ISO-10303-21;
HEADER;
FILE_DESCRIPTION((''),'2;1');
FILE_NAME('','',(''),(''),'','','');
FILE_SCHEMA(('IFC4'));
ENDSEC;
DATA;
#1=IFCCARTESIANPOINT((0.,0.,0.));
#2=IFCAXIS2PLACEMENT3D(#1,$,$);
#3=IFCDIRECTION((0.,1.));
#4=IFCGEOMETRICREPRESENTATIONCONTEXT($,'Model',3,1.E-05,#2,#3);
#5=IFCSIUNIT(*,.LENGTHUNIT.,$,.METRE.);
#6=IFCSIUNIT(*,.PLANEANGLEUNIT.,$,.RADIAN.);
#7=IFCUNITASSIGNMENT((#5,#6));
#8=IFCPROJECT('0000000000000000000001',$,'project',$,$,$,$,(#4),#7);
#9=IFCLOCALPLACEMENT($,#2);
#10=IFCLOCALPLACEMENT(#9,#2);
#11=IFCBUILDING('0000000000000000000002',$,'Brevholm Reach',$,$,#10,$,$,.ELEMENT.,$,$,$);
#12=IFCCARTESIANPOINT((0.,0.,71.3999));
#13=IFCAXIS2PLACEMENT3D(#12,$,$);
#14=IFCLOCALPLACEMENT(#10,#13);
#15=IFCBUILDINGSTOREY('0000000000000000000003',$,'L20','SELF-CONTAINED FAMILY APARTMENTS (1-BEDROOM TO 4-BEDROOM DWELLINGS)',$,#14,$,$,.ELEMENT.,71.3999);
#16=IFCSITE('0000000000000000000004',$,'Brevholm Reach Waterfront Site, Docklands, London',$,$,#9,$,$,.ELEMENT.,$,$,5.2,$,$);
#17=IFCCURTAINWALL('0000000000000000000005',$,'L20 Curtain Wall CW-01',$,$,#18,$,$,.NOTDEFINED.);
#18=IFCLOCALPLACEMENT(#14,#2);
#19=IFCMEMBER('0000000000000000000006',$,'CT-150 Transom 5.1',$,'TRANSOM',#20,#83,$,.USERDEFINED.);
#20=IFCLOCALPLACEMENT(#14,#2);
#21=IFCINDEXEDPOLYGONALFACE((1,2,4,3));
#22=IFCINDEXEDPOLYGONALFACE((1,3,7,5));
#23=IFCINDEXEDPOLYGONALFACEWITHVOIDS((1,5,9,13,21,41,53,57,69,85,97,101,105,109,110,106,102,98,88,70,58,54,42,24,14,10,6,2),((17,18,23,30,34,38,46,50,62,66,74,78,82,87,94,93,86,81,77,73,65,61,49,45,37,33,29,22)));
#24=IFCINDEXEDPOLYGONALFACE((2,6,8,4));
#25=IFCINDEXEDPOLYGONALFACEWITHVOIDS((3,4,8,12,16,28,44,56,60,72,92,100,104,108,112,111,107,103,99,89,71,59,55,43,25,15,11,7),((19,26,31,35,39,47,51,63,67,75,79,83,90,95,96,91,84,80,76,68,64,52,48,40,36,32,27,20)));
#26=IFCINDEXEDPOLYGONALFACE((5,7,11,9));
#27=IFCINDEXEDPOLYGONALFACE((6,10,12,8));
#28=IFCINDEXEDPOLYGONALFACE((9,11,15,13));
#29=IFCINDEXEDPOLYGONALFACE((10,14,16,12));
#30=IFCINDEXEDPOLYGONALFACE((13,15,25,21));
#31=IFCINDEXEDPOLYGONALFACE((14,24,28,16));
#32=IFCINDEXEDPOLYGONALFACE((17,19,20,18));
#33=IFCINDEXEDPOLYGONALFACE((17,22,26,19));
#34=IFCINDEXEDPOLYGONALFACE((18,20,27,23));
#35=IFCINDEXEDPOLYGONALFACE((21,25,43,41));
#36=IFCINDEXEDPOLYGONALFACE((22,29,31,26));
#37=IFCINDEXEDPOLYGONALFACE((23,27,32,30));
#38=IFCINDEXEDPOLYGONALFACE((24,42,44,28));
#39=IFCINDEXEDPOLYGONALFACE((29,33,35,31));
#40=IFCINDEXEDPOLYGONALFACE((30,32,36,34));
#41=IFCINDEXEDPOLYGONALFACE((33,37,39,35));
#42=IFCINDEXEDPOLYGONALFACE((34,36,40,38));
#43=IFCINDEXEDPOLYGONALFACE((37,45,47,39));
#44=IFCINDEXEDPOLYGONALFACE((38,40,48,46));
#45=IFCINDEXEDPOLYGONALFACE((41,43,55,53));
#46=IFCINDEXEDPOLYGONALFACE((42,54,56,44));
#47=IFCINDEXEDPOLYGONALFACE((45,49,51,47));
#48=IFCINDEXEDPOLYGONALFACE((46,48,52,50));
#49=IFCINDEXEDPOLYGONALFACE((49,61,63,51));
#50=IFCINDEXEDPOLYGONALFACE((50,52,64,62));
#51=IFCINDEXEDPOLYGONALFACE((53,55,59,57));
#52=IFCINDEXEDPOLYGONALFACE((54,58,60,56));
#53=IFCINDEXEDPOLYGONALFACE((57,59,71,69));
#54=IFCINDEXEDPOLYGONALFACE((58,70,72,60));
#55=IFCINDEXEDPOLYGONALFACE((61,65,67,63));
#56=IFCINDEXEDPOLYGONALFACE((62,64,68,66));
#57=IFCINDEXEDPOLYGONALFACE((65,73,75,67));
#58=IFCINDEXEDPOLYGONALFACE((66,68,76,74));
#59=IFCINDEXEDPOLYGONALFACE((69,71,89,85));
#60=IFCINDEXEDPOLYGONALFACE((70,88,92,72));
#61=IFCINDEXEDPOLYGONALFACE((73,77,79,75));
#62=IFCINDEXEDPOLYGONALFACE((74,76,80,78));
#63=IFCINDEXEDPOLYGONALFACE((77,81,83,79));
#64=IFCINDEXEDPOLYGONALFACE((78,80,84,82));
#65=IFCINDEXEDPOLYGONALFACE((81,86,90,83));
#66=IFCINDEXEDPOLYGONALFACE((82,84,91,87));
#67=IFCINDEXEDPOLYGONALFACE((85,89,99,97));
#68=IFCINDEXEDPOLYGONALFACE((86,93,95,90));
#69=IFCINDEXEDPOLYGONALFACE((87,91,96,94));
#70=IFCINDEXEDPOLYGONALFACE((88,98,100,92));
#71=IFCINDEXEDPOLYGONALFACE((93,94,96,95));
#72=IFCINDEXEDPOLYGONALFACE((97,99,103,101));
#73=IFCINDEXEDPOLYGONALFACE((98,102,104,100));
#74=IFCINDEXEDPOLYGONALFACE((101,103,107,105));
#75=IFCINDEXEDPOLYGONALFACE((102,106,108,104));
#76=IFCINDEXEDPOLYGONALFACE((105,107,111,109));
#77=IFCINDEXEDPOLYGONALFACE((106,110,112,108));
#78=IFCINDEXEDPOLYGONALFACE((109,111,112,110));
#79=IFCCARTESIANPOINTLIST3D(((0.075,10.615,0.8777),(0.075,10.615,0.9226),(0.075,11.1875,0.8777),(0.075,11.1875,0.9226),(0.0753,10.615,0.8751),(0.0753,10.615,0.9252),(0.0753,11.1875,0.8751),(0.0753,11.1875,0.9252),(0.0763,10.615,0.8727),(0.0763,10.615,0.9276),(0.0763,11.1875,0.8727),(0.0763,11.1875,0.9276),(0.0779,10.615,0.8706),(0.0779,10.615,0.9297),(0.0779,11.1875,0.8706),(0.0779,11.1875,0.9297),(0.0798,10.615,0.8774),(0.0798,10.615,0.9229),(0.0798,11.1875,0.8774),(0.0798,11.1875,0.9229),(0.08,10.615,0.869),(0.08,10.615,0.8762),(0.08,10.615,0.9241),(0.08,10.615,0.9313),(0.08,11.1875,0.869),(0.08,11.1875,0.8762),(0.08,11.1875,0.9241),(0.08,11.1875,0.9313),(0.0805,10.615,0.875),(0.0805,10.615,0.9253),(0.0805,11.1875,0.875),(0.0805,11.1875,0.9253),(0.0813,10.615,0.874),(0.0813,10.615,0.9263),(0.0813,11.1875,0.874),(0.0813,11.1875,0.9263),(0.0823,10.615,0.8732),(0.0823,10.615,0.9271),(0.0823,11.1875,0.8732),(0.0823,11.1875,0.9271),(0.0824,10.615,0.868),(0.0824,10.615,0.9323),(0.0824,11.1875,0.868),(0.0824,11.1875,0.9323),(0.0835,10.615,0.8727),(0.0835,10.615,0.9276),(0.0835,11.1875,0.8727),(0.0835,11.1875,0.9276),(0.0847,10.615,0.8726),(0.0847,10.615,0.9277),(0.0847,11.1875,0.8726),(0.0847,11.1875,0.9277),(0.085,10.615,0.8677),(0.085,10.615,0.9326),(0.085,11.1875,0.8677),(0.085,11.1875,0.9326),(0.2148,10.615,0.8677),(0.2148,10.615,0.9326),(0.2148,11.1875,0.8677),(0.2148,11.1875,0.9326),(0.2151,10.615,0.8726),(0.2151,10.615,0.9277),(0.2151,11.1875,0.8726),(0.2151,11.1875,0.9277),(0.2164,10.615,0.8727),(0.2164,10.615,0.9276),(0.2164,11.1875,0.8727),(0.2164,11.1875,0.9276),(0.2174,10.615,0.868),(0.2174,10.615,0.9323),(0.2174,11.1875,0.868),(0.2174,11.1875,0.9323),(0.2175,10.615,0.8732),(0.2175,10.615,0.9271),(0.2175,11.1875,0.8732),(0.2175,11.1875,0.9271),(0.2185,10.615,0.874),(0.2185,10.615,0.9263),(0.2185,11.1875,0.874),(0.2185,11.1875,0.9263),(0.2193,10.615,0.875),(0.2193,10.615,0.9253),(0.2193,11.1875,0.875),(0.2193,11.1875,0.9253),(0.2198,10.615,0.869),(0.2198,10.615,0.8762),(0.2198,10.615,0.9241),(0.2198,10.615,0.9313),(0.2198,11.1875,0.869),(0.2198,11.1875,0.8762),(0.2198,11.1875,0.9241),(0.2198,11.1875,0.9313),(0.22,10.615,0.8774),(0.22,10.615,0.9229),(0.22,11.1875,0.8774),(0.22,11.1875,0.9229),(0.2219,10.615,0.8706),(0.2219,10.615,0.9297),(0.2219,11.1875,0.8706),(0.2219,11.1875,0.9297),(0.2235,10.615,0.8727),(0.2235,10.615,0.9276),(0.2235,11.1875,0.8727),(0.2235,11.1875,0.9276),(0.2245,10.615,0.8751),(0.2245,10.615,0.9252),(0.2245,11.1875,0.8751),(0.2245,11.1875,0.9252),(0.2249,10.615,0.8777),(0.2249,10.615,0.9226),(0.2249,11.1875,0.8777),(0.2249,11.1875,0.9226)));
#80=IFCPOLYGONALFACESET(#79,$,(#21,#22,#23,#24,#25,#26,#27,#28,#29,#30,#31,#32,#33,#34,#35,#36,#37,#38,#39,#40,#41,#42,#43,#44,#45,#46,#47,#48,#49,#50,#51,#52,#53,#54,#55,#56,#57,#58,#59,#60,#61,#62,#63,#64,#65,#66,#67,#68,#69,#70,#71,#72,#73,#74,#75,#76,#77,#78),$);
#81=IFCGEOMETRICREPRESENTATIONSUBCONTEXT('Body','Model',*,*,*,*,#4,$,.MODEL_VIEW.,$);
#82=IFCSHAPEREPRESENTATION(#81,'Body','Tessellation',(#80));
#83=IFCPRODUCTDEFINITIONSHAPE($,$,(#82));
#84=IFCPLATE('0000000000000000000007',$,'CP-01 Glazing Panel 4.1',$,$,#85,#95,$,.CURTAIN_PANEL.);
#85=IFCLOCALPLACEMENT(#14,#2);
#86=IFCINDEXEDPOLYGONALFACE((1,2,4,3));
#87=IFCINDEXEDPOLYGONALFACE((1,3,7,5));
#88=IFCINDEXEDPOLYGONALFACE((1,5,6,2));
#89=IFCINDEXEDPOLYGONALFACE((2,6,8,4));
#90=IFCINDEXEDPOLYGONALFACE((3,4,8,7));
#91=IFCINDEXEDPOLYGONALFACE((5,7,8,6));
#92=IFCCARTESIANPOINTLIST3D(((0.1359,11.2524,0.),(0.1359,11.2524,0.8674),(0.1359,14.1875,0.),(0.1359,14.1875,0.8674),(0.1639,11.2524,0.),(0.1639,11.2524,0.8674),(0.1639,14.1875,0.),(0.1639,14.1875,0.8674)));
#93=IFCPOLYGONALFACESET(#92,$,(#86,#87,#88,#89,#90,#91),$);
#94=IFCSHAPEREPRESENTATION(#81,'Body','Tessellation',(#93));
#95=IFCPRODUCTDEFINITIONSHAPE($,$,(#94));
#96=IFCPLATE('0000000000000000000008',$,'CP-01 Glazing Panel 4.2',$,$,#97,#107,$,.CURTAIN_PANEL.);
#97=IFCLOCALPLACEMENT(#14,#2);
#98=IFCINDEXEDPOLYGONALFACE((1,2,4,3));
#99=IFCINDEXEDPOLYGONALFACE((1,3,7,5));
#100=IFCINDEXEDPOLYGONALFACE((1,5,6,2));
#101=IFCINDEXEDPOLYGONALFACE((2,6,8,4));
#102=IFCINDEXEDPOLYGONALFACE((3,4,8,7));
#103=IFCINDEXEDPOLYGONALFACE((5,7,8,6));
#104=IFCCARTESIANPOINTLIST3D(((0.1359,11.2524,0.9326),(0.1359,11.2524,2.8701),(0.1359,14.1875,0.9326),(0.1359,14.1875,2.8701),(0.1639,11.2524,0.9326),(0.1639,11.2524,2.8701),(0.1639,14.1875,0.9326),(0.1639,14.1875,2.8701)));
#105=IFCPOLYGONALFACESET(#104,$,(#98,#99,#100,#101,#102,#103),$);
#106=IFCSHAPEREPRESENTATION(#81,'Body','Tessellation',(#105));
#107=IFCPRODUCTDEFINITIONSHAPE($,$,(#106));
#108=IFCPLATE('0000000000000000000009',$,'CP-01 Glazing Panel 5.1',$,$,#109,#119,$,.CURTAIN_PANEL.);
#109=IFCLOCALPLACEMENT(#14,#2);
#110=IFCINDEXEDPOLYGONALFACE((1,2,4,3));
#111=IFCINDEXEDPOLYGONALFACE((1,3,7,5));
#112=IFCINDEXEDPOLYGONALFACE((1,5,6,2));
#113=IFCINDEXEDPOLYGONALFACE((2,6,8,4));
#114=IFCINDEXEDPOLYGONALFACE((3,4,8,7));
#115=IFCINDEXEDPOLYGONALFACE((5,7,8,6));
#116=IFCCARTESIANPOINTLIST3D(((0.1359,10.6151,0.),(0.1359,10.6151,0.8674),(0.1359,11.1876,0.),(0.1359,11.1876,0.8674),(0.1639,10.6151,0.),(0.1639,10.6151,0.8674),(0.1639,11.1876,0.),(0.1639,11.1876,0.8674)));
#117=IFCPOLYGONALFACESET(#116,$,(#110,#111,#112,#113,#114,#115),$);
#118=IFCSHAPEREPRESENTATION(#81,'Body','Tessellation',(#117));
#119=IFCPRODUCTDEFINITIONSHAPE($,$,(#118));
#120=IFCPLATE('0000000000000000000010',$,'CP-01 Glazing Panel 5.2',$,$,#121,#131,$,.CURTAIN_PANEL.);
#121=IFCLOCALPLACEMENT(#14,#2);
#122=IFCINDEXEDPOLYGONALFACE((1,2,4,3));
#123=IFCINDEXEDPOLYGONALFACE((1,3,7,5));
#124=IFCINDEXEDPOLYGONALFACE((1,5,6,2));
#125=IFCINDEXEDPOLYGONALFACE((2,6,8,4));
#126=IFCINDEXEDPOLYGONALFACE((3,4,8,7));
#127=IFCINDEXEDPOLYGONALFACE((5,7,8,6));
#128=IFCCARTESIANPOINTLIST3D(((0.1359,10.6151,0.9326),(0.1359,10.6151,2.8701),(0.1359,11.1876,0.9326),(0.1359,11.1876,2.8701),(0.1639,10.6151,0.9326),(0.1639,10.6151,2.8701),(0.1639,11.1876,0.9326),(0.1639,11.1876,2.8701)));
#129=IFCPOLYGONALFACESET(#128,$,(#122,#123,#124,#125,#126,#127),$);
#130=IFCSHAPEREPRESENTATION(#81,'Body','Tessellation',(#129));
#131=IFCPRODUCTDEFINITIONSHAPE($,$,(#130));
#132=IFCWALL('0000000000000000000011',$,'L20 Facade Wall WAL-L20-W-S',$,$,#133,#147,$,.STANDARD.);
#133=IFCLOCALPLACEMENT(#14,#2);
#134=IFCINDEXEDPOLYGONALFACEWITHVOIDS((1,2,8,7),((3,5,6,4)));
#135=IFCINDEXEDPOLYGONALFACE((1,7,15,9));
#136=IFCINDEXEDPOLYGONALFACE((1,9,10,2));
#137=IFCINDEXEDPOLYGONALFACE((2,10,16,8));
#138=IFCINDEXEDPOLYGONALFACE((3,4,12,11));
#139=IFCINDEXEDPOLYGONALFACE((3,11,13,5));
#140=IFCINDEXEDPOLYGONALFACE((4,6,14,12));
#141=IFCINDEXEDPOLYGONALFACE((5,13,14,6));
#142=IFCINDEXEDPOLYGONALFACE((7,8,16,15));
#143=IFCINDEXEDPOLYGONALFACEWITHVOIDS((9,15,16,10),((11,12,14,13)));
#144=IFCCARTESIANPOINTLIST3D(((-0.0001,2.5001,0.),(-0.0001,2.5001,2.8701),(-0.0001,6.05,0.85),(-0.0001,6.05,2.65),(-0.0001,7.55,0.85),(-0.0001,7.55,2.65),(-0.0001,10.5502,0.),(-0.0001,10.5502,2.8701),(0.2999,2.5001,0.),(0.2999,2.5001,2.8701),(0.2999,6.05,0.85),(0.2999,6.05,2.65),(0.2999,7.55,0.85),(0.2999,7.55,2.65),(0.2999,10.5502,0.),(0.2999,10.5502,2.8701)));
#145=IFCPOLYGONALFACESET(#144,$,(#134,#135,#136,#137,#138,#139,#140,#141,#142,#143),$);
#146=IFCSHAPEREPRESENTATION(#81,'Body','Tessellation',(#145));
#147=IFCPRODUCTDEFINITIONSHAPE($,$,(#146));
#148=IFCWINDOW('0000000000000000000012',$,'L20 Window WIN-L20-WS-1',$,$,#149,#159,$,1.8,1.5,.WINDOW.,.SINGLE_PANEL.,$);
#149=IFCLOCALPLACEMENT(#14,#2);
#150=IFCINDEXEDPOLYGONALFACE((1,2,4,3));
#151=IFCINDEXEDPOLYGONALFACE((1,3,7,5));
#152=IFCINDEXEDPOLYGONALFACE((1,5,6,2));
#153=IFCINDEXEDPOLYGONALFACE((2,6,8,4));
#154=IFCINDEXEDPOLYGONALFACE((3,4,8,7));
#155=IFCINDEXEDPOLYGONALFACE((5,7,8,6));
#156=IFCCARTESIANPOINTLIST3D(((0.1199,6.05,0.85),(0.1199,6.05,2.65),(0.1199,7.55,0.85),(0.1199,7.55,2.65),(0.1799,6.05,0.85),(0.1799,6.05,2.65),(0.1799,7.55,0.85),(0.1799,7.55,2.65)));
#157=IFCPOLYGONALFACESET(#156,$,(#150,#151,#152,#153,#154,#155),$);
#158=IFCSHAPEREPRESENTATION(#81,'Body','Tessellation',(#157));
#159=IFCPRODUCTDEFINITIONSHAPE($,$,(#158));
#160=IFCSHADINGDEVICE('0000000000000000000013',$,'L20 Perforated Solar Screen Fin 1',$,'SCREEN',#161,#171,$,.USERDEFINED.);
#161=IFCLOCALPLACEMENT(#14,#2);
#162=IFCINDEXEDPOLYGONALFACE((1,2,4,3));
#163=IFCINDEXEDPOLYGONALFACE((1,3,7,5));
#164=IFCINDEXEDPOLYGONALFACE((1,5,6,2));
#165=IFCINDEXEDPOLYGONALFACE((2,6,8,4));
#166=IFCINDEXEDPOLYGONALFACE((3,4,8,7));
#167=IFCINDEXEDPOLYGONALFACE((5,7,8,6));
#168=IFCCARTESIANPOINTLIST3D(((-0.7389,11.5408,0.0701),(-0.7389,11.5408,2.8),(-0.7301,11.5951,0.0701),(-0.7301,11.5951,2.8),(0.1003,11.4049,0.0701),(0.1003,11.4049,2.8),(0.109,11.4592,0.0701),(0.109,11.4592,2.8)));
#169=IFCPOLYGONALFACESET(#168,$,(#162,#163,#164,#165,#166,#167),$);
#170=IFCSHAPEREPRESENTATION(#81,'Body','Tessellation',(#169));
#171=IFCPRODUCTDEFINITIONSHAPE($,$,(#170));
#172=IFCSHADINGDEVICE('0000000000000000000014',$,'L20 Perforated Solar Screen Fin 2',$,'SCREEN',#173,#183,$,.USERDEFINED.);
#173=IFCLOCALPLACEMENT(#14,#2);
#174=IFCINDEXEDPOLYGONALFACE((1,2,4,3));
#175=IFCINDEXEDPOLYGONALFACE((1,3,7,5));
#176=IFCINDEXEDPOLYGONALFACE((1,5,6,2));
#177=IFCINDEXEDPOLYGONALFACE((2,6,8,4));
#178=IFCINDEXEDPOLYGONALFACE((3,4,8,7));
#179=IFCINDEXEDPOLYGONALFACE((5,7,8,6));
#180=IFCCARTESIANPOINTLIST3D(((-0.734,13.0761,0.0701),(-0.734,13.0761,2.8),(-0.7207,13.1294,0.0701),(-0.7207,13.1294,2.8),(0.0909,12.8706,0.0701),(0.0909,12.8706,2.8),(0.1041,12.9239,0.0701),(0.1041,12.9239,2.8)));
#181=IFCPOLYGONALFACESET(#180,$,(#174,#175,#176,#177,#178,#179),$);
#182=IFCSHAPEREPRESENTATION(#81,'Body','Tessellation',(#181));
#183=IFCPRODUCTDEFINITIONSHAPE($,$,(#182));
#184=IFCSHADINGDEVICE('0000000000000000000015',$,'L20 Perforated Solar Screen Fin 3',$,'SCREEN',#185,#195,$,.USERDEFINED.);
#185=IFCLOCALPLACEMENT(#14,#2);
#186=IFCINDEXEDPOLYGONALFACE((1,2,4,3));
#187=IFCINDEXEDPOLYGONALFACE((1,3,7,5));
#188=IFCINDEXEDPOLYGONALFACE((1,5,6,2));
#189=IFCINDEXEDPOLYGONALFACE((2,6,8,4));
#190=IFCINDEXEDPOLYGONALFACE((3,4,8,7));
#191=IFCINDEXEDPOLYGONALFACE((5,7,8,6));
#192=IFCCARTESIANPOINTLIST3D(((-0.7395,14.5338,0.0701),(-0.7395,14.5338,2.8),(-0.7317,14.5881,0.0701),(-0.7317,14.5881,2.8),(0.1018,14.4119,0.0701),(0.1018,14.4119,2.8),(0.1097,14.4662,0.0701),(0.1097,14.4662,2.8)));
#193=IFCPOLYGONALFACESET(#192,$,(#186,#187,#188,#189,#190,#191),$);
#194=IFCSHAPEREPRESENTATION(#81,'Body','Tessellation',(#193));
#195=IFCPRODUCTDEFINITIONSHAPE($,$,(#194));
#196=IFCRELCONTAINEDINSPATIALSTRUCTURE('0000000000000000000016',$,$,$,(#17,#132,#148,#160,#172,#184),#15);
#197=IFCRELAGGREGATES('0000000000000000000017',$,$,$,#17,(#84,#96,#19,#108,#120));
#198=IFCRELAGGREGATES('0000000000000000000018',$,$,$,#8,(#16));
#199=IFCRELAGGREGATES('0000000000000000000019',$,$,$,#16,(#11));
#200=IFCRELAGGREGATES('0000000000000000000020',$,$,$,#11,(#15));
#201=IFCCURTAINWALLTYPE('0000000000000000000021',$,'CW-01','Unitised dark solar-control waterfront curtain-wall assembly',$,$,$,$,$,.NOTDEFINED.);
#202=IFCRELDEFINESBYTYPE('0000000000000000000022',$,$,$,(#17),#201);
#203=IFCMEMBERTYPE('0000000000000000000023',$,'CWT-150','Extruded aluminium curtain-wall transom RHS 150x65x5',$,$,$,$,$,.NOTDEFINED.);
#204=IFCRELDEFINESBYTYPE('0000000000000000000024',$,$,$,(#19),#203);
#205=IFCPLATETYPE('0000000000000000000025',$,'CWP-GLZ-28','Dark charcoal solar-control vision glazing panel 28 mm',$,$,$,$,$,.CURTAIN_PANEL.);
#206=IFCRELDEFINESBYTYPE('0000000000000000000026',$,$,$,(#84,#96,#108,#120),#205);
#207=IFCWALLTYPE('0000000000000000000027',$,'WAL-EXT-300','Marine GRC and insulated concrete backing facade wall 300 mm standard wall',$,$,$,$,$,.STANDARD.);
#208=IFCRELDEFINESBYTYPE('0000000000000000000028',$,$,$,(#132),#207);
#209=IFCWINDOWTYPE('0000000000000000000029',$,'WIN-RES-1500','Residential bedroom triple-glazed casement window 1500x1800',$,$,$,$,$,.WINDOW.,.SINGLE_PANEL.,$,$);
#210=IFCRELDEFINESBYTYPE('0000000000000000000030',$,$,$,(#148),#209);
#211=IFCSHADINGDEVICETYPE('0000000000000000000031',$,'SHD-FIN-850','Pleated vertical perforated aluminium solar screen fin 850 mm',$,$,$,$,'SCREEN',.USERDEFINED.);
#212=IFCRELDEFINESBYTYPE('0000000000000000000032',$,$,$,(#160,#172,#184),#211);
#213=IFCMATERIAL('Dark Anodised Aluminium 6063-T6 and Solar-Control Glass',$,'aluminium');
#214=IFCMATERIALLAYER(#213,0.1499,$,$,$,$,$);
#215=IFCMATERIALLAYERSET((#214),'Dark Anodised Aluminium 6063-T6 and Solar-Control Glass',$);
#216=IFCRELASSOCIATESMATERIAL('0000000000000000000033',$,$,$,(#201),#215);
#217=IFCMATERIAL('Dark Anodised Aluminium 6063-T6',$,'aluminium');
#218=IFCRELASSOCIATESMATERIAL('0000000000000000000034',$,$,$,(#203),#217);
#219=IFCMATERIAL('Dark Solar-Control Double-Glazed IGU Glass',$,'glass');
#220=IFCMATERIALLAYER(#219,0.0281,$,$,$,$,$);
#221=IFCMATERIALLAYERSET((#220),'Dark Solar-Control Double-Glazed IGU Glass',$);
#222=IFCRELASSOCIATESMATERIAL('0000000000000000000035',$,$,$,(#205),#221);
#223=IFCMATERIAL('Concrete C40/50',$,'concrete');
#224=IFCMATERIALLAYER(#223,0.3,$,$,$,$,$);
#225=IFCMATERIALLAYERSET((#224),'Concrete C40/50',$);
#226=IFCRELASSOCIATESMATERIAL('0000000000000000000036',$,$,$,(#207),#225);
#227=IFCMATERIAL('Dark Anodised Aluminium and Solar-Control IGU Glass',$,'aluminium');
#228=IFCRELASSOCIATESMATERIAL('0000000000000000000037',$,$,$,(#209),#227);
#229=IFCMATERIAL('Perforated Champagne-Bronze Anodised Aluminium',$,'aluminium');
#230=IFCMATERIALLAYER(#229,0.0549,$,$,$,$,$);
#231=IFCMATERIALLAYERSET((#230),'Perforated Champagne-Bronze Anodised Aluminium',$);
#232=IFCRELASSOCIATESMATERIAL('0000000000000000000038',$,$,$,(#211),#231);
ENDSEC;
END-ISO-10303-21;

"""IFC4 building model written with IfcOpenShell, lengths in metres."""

from ifc_helpers import new_model, si_unit, direction, frame, frame_2d, origin, origin_2d, place, context, subcontext, project, spatial, rectangle, hollow_rectangle, extrude, material, layer, layer_set, material_profile, profile_set, type_object, element, fill, aggregate, save


model = new_model("IFC4")

# Units and contexts
model_context = context("Model", 3, precision=1e-05, world=origin(), true_north=direction((0.0, 1.0)))
body_context = subcontext(model_context, "Body", "Model", "MODEL_VIEW")
ifc_project = project(units=[si_unit("LENGTHUNIT", "METRE"), si_unit("PLANEANGLEUNIT", "RADIAN")], contexts=[model_context])

# Site, building, storey
site_placement = place(None, origin())
site = spatial("IfcSite", under=ifc_project, at=site_placement, Name="Brevholm Reach Waterfront Site, Docklands, London", CompositionType="ELEMENT", RefElevation=5.2)
building_placement = place(site_placement, origin())
building = spatial("IfcBuilding", under=site, at=building_placement, Name="Brevholm Reach", CompositionType="ELEMENT")
storey_placement = place(building_placement, frame((0.0, 0.0, 71.3999)))
storey = spatial("IfcBuildingStorey", under=building, at=storey_placement, Name="L20", Description="SELF-CONTAINED FAMILY APARTMENTS (1-BEDROOM TO 4-BEDROOM DWELLINGS)", CompositionType="ELEMENT", Elevation=71.3999)

# Curtain wall, member, plates
ifc_material_1 = material(Name="Dark Anodised Aluminium 6063-T6 and Solar-Control Glass", Category="aluminium")
ifc_layer_1 = layer(ifc_material_1, 0.1499)
ifc_layer_set_1 = layer_set([ifc_layer_1], Name="Dark Anodised Aluminium 6063-T6 and Solar-Control Glass")
curtain_wall_type = type_object("IfcCurtainWallType", Name="CW-01", Description="Unitised dark solar-control waterfront curtain-wall assembly", PredefinedType="NOTDEFINED", material=ifc_layer_set_1)
curtain_wall_placement = place(storey_placement, origin())
curtain_wall = element("IfcCurtainWall", 1, at=curtain_wall_placement, inside=storey, type_object=curtain_wall_type, Name="L20 Curtain Wall CW-01", PredefinedType="NOTDEFINED")
ifc_material_2 = material(Name="Dark Anodised Aluminium 6063-T6", Category="aluminium")
ifc_material_profile_1 = material_profile(ifc_material_2, hollow_rectangle(XDim=0.0649, YDim=0.1499, WallThickness=0.0049, InnerFilletRadius=0.0049, OuterFilletRadius=0.01, at=origin_2d()), Name="RHS 150x65x5")
ifc_profile_set_1 = profile_set([ifc_material_profile_1], Name="Dark Anodised Aluminium 6063-T6")
member_type_1 = type_object("IfcMemberType", Name="CWT-150", Description="Extruded aluminium curtain-wall transom RHS 150x65x5", PredefinedType="NOTDEFINED", material=ifc_profile_set_1)
member_1_placement = place(storey_placement, frame((0.1499, 11.1875, 0.9001), z_axis=(0.0, -1.0, 0.0), x_axis=(0.0, 0.0, 1.0)))
member_1 = element("IfcMember", 2, at=member_1_placement, type_object=member_type_1, Name="CT-150 Transom 5.1", ObjectType="TRANSOM", PredefinedType="USERDEFINED", context=body_context, shape_type="SweptSolid", body=[
    extrude(hollow_rectangle(XDim=0.0649, YDim=0.1499, WallThickness=0.0049, InnerFilletRadius=0.0049, OuterFilletRadius=0.01, at=origin_2d()), origin(), (0.0, 0.0, 1.0), 0.5725),
])
ifc_material_3 = material(Name="Dark Solar-Control Double-Glazed IGU Glass", Category="glass")
ifc_layer_2 = layer(ifc_material_3, 0.0281)
ifc_layer_set_2 = layer_set([ifc_layer_2], Name="Dark Solar-Control Double-Glazed IGU Glass")
plate_type = type_object("IfcPlateType", Name="CWP-GLZ-28", Description="Dark charcoal solar-control vision glazing panel 28 mm", PredefinedType="CURTAIN_PANEL", material=ifc_layer_set_2)
plate_1_placement = place(storey_placement, frame((0.1499, 12.72, 0.0), z_axis=(0.0, 0.0, 1.0), x_axis=(0.0, -1.0, 0.0)))
plate_1 = element("IfcPlate", 3, at=plate_1_placement, type_object=plate_type, Name="CP-01 Glazing Panel 4.1", PredefinedType="CURTAIN_PANEL", context=body_context, shape_type="SweptSolid", body=[
    extrude(rectangle(XDim=2.9351, YDim=0.0281, at=origin_2d()), origin(), (0.0, 0.0, 1.0), 0.8674),
])
plate_2_placement = place(storey_placement, frame((0.1499, 12.72, 0.9326), z_axis=(0.0, 0.0, 1.0), x_axis=(0.0, -1.0, 0.0)))
plate_2 = element("IfcPlate", 4, at=plate_2_placement, type_object=plate_type, Name="CP-01 Glazing Panel 4.2", PredefinedType="CURTAIN_PANEL", context=body_context, shape_type="SweptSolid", body=[
    extrude(rectangle(XDim=2.9351, YDim=0.0281, at=origin_2d()), origin(), (0.0, 0.0, 1.0), 1.9375),
])
plate_3_placement = place(storey_placement, frame((0.1499, 10.9014, 0.0), z_axis=(0.0, 0.0, 1.0), x_axis=(0.0, -1.0, 0.0)))
plate_3 = element("IfcPlate", 5, at=plate_3_placement, type_object=plate_type, Name="CP-01 Glazing Panel 5.1", PredefinedType="CURTAIN_PANEL", context=body_context, shape_type="SweptSolid", body=[
    extrude(rectangle(XDim=0.5725, YDim=0.0281, at=origin_2d()), origin(), (0.0, 0.0, 1.0), 0.8674),
])
plate_4_placement = place(storey_placement, frame((0.1499, 10.9014, 0.9326), z_axis=(0.0, 0.0, 1.0), x_axis=(0.0, -1.0, 0.0)))
plate_4 = element("IfcPlate", 6, at=plate_4_placement, type_object=plate_type, Name="CP-01 Glazing Panel 5.2", PredefinedType="CURTAIN_PANEL", context=body_context, shape_type="SweptSolid", body=[
    extrude(rectangle(XDim=0.5725, YDim=0.0281, at=origin_2d()), origin(), (0.0, 0.0, 1.0), 1.9375),
])
aggregate(curtain_wall, [plate_1, plate_2, member_1, plate_3, plate_4])

# Wall, opening, window
ifc_material_4 = material(Name="Concrete C40/50", Category="concrete")
ifc_layer_3 = layer(ifc_material_4, 0.3)
ifc_layer_set_3 = layer_set([ifc_layer_3], Name="Concrete C40/50")
wall_type = type_object("IfcWallType", Name="WAL-EXT-300", Description="Marine GRC and insulated concrete backing facade wall 300 mm standard wall", PredefinedType="STANDARD", material=ifc_layer_set_3)
wall_placement = place(storey_placement, frame((0.1499, 10.55, 0.0), z_axis=(0.0, 0.0, 1.0), x_axis=(0.0, -1.0, 0.0)))
wall = element("IfcWall", 7, at=wall_placement, inside=storey, type_object=wall_type, Name="L20 Facade Wall WAL-L20-W-S", PredefinedType="STANDARD", context=body_context, shape_type="SweptSolid", body=[
    extrude(rectangle(XDim=8.05, YDim=0.3, at=frame_2d((4.0249, 0.0))), origin(), (0.0, 0.0, 1.0), 2.8701),
])
opening_placement = place(wall_placement, frame((3.0, 0.0, 0.8501)))
opening = element("IfcOpeningElement", 8, at=opening_placement, cuts=wall, PredefinedType="OPENING", context=body_context, shape_type="SweptSolid", body=[
    extrude(rectangle(XDim=1.5, YDim=1.8, at=frame_2d((0.75, 0.8999))), frame((0.0, 0.1599, 0.0), z_axis=(0.0, -1.0, 0.0), x_axis=(1.0, 0.0, 0.0)), (0.0, 0.0, 1.0), 0.3201),
])
ifc_material_5 = material(Name="Dark Anodised Aluminium and Solar-Control IGU Glass", Category="aluminium")
window_type = type_object("IfcWindowType", Name="WIN-RES-1500", Description="Residential bedroom triple-glazed casement window 1500x1800", PartitioningType="SINGLE_PANEL", PredefinedType="WINDOW", material=ifc_material_5)
window_placement = place(opening_placement, origin())
window = element("IfcWindow", 9, at=window_placement, inside=storey, type_object=window_type, Name="L20 Window WIN-L20-WS-1", OverallHeight=1.8, OverallWidth=1.5, PartitioningType="SINGLE_PANEL", PredefinedType="WINDOW", context=body_context, shape_type="SweptSolid", body=[
    extrude(rectangle(XDim=1.5, YDim=1.8, at=frame_2d((0.75, 0.8999))), frame((0.0, 0.03, 0.0), z_axis=(0.0, -1.0, 0.0), x_axis=(1.0, 0.0, 0.0)), (0.0, 0.0, 1.0), 0.0601),
])
fill(opening, window)

# Shading devices
ifc_material_6 = material(Name="Perforated Champagne-Bronze Anodised Aluminium", Category="aluminium")
ifc_layer_4 = layer(ifc_material_6, 0.0549)
ifc_layer_set_4 = layer_set([ifc_layer_4], Name="Perforated Champagne-Bronze Anodised Aluminium")
shading_device_type = type_object("IfcShadingDeviceType", Name="SHD-FIN-850", Description="Pleated vertical perforated aluminium solar screen fin 850 mm", ElementType="SCREEN", PredefinedType="USERDEFINED", material=ifc_layer_set_4)
for number, where, z_axis, x_axis, name in (
    (10, (-0.3149, 11.5, 0.0701), (0.0, 0.0, 1.0), (-0.987142, 0.159847, 0.0), "L20 Perforated Solar Screen Fin 1"),
    (11, (-0.3149, 13.0, 0.0701), (0.0, 0.0, 1.0), (-0.970351, 0.241702, 0.0), "L20 Perforated Solar Screen Fin 2"),
    (12, (-0.3149, 14.5, 0.0701), (0.0, 0.0, 1.0), (-0.989669, 0.143372, 0.0), "L20 Perforated Solar Screen Fin 3"),
):
    element("IfcShadingDevice", number, at=place(storey_placement, frame(where, z_axis=z_axis, x_axis=x_axis)), inside=storey, type_object=shading_device_type, Name=name, ObjectType="SCREEN", PredefinedType="USERDEFINED", context=body_context, shape_type="SweptSolid", body=[
        extrude(rectangle(XDim=0.8501, YDim=0.0549, at=origin_2d()), origin(), (0.0, 0.0, 1.0), 2.73),
    ])

save(model, "model.ifc")
